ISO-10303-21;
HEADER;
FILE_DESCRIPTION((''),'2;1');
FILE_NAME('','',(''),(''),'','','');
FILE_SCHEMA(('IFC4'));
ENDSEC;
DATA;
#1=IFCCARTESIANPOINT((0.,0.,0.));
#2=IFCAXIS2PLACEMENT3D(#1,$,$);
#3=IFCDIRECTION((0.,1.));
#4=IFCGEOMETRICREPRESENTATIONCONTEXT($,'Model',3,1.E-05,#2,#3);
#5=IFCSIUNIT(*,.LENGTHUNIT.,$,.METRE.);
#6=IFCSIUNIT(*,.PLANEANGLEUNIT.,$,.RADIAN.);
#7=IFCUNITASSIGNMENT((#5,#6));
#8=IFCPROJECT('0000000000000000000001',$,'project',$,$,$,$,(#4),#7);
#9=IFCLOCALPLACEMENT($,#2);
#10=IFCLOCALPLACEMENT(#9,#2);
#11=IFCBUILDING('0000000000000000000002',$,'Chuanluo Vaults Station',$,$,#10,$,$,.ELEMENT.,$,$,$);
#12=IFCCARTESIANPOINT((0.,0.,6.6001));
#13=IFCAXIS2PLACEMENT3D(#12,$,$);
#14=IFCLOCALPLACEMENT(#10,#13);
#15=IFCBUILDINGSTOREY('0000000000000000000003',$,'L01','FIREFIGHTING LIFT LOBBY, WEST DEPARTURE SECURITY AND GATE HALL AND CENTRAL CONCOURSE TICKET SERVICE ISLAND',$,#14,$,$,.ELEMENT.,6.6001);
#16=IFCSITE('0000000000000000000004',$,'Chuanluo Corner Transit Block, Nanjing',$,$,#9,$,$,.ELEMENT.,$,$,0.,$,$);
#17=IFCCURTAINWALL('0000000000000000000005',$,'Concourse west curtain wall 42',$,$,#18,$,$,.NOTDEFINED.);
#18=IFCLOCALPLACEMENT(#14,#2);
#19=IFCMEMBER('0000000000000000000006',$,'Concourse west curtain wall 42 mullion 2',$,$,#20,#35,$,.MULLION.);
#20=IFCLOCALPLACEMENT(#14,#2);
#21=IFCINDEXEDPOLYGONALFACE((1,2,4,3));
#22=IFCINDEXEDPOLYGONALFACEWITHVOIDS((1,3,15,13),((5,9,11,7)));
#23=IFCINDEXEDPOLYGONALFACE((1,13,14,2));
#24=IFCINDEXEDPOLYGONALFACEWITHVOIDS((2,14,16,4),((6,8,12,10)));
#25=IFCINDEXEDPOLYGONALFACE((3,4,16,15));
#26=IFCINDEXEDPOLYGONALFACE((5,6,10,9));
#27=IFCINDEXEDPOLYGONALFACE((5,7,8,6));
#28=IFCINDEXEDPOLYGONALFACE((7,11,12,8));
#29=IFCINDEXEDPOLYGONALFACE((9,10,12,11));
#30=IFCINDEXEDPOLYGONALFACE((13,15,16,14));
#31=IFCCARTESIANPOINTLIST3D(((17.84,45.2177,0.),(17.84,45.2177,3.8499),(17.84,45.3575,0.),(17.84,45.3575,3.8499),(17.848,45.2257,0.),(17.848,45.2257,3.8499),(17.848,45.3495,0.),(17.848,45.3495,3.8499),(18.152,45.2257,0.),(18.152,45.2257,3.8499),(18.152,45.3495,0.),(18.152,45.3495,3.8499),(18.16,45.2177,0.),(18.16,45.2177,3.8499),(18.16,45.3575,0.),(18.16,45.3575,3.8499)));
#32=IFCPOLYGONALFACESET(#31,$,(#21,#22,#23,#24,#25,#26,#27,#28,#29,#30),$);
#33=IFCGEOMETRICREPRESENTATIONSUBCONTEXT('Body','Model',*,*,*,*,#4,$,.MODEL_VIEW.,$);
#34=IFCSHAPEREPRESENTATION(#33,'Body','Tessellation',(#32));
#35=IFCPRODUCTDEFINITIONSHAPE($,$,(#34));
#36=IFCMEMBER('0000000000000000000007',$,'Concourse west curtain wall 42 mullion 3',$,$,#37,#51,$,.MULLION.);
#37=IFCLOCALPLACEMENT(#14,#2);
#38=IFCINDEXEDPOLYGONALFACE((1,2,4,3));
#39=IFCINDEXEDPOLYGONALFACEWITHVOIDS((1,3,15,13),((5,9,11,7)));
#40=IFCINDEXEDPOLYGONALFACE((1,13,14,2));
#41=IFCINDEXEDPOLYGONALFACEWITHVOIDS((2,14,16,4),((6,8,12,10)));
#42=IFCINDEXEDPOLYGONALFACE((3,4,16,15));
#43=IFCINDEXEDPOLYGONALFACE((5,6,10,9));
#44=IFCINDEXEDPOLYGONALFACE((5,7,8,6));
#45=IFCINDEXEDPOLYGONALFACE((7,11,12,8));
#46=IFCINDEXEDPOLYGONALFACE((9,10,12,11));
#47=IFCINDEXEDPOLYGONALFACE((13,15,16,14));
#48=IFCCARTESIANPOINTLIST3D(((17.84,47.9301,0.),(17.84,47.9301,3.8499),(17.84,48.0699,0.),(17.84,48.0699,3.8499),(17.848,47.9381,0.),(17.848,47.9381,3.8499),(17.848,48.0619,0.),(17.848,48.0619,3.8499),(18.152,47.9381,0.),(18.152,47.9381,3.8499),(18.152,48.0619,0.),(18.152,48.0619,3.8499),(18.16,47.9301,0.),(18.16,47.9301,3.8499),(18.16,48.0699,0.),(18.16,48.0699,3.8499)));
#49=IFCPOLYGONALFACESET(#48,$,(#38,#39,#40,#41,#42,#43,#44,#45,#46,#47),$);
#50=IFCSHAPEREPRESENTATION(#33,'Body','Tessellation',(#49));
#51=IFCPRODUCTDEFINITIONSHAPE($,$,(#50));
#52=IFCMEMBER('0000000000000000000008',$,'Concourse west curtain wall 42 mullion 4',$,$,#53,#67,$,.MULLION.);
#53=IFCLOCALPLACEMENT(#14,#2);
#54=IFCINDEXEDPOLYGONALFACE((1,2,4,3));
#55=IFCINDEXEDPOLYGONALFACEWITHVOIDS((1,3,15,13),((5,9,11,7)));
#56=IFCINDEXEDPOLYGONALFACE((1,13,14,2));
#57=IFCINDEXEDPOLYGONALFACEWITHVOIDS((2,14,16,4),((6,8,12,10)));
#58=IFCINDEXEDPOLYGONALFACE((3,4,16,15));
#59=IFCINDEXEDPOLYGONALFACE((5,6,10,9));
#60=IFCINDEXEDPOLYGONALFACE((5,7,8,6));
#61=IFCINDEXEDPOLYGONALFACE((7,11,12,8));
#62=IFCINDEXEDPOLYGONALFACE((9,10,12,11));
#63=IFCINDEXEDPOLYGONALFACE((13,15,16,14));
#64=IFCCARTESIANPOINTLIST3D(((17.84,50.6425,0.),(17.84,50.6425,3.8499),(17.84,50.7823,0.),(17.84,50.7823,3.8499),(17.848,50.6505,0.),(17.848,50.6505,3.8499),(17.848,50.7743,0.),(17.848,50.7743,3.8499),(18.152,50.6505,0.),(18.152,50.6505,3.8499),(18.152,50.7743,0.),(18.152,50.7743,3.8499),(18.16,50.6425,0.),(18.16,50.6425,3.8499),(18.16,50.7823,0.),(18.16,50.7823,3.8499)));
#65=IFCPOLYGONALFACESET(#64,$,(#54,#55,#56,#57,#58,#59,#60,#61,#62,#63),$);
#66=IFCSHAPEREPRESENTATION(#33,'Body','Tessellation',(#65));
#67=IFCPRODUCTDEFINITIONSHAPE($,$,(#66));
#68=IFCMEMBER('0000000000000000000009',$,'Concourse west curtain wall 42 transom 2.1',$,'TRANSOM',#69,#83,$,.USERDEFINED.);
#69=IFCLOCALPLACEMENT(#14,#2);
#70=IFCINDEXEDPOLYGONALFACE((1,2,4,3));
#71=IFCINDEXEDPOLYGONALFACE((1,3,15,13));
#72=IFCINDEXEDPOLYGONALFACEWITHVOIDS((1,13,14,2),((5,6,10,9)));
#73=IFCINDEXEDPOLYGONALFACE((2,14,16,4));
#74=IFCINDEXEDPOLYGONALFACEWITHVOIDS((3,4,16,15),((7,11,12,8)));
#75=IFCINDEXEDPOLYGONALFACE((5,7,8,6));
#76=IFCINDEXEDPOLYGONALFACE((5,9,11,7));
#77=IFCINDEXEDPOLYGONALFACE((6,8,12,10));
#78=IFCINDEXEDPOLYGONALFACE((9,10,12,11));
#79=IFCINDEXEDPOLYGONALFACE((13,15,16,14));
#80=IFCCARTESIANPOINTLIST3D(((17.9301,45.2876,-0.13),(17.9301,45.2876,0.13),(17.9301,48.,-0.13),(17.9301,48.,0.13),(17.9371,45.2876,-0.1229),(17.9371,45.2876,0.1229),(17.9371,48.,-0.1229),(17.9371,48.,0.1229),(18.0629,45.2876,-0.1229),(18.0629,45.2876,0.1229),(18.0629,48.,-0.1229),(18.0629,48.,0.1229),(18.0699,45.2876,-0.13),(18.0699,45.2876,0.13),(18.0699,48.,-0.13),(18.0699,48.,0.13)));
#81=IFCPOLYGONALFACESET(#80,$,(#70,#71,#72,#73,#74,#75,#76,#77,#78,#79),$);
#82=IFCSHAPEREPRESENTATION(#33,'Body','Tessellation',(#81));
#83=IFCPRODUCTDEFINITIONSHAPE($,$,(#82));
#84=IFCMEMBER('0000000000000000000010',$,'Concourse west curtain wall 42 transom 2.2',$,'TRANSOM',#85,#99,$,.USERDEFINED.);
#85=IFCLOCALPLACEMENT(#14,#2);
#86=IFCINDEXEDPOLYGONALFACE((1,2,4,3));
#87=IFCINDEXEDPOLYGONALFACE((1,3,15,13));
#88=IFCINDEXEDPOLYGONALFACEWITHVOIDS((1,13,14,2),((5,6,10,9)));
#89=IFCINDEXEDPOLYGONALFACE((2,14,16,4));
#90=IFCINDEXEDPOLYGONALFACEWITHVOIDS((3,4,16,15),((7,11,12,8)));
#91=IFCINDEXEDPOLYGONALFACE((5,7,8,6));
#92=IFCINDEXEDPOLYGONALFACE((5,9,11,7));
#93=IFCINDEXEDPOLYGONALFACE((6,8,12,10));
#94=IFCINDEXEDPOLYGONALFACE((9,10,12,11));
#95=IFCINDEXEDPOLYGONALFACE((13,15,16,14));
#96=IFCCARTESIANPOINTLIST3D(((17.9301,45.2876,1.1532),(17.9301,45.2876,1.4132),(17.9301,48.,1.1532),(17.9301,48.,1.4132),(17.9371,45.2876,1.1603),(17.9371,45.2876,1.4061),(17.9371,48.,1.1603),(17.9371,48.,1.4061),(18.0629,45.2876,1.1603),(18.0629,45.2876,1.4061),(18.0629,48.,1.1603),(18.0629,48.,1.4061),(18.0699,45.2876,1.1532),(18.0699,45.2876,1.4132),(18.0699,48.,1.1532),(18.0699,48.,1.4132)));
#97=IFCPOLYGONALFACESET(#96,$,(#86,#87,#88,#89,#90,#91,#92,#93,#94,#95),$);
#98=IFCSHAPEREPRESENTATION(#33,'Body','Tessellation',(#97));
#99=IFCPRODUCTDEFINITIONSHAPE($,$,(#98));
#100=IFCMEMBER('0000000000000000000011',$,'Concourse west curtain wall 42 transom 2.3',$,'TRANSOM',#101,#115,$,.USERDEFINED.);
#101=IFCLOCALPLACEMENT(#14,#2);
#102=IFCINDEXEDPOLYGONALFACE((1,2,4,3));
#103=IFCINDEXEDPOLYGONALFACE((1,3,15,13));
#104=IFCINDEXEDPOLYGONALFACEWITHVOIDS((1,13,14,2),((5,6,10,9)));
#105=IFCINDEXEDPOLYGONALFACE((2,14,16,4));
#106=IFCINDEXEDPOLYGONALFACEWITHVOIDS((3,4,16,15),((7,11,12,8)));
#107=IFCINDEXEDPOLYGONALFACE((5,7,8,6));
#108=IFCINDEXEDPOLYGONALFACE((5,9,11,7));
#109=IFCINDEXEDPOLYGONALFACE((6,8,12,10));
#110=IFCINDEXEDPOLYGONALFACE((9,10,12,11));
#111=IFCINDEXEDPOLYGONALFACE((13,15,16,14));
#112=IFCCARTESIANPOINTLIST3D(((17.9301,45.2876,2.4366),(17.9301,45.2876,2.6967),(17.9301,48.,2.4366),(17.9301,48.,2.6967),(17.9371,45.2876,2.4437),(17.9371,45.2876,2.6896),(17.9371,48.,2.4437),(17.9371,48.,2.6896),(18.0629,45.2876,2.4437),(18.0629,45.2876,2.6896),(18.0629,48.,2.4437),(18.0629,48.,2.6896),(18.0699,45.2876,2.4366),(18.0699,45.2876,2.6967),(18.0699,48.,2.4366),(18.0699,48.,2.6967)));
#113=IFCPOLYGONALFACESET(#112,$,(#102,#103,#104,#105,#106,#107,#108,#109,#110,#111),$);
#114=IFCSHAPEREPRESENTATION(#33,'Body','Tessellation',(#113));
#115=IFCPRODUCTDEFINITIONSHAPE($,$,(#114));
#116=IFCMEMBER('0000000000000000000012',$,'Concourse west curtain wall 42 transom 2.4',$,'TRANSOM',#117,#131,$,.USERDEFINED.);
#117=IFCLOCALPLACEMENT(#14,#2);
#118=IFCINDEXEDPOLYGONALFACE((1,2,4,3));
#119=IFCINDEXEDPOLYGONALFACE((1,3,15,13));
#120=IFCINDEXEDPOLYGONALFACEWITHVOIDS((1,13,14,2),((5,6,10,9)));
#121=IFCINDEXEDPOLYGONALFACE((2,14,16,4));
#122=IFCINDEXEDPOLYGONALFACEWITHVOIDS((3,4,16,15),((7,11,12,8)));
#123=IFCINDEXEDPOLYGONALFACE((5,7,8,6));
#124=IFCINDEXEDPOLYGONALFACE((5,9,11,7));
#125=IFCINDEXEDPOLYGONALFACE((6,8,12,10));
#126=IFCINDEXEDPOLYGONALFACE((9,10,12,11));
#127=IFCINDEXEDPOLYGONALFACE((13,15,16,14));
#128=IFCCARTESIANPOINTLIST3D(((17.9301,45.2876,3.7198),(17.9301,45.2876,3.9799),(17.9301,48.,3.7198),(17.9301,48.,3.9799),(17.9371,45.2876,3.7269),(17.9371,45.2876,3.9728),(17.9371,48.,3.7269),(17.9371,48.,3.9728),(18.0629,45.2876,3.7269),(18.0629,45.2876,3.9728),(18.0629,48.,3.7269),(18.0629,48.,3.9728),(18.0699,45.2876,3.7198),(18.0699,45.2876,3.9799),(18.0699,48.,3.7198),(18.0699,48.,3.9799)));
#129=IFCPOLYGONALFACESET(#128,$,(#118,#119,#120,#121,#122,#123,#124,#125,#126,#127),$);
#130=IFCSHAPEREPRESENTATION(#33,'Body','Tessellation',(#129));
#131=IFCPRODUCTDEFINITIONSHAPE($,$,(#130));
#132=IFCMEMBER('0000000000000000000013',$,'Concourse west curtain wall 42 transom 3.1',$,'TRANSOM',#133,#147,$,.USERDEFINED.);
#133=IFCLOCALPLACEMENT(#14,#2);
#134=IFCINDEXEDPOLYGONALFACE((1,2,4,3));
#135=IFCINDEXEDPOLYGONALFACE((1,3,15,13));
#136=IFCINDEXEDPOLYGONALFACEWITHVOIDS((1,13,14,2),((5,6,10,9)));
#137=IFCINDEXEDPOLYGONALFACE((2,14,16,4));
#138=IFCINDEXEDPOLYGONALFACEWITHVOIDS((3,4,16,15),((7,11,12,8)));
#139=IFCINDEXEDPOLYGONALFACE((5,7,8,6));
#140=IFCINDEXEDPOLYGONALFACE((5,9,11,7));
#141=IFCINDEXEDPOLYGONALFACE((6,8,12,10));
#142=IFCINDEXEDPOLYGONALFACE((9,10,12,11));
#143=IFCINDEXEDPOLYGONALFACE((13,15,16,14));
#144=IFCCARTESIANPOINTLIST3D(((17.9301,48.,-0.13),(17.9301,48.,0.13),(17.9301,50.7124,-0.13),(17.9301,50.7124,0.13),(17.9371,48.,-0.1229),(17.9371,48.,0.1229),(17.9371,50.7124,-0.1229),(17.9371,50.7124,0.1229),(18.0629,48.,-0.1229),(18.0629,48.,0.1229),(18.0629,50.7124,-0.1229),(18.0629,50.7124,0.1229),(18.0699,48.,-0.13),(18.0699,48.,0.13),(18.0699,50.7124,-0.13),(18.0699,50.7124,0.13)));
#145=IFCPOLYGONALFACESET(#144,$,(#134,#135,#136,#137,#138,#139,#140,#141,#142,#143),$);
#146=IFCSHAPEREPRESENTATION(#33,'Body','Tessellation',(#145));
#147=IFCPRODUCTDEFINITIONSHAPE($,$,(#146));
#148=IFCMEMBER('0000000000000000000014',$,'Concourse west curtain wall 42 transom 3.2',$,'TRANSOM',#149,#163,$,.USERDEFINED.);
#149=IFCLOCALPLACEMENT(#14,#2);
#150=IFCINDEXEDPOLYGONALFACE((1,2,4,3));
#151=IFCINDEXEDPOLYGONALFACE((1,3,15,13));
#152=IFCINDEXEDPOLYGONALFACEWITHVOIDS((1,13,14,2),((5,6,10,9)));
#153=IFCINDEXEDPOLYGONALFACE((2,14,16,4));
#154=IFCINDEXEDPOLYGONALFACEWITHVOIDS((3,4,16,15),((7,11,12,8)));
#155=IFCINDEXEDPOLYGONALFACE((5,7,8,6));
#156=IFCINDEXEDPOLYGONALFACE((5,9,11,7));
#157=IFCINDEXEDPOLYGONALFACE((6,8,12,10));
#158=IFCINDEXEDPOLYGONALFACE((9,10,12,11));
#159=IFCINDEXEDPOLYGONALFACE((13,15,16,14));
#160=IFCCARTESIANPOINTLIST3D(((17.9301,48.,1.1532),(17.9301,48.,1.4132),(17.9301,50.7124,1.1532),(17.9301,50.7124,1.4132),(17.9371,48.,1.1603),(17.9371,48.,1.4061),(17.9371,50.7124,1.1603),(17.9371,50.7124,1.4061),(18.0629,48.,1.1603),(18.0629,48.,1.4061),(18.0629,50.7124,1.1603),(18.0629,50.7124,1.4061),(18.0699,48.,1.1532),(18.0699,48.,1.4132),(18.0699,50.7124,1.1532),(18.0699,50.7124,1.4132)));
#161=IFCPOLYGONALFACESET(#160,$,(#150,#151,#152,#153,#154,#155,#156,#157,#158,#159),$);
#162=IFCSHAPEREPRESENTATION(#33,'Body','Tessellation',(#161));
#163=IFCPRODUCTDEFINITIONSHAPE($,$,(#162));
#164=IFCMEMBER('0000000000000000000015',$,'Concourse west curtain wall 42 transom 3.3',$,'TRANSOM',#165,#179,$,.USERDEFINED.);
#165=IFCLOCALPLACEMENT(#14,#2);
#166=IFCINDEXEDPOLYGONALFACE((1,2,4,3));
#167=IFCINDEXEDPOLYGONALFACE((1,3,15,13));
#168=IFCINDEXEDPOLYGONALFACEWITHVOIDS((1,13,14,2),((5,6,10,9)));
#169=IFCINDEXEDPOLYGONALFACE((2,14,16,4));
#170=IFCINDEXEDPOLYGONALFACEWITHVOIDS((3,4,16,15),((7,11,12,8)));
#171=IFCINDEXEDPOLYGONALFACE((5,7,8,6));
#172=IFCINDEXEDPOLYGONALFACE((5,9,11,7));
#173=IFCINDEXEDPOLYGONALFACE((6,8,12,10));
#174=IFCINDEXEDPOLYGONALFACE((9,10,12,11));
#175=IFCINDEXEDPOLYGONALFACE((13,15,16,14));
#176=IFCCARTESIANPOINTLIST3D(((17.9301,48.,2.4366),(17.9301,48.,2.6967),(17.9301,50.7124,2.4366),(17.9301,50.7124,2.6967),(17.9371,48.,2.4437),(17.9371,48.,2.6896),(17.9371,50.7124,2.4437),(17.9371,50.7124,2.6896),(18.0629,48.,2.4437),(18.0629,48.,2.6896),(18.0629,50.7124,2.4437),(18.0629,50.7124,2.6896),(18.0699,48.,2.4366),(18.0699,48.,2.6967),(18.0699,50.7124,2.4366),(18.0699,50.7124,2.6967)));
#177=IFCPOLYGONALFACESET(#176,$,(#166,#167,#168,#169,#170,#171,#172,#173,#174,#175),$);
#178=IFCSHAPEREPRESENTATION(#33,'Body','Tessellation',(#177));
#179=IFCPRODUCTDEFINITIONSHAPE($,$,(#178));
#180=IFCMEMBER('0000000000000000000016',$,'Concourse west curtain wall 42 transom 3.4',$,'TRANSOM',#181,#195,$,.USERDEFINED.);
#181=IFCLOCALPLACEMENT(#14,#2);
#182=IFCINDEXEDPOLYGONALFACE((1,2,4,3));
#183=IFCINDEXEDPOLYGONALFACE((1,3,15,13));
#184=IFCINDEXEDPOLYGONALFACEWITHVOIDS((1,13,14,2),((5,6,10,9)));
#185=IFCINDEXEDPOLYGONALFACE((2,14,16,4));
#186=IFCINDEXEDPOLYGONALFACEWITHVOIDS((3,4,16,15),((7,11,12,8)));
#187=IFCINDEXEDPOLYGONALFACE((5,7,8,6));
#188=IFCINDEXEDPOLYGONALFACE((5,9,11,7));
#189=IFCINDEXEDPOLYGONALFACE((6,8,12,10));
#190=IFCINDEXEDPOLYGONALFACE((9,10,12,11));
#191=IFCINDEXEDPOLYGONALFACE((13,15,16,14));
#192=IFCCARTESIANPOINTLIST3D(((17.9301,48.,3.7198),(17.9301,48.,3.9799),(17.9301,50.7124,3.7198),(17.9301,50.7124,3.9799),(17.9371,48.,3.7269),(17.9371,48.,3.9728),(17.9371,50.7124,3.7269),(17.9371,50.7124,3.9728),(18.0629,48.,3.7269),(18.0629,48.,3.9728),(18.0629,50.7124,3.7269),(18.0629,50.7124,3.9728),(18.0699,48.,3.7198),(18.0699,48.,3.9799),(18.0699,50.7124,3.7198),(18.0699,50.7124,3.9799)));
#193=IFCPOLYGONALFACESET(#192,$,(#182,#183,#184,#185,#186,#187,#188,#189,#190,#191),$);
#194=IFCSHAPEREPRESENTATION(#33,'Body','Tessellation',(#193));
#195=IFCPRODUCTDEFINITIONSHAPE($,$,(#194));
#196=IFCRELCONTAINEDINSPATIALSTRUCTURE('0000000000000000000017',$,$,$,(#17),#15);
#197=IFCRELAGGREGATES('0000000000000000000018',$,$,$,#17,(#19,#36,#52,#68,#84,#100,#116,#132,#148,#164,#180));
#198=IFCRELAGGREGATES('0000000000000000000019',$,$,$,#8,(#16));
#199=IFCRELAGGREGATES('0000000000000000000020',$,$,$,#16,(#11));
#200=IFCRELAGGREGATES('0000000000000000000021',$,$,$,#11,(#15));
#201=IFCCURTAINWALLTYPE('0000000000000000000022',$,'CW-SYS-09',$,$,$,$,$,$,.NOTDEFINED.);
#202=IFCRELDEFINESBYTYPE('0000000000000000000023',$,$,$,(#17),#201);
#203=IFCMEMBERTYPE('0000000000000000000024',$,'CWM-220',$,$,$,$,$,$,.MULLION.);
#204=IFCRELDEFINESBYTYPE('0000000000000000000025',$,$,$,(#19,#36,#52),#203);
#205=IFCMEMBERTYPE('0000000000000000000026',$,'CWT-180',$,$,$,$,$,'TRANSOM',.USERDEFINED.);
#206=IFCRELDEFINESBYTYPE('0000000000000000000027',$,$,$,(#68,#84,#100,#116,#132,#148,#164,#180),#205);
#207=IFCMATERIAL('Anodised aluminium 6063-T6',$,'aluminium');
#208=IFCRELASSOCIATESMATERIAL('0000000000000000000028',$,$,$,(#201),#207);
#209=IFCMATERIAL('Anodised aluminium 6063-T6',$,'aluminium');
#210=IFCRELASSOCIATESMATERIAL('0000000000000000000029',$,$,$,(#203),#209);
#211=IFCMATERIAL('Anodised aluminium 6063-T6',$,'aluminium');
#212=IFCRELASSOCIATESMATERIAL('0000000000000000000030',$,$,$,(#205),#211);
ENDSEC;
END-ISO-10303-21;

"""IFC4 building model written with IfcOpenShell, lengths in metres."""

from ifc_helpers import new_model, si_unit, direction, frame, origin, origin_2d, place, context, subcontext, project, spatial, hollow_rectangle, extrude, material, material_profile, profile_set, type_object, element, aggregate, save


model = new_model("IFC4")

# Units and contexts
model_context = context("Model", 3, precision=1e-05, world=origin(), true_north=direction((0.0, 1.0)))
body_context = subcontext(model_context, "Body", "Model", "MODEL_VIEW")
ifc_project = project(units=[si_unit("LENGTHUNIT", "METRE"), si_unit("PLANEANGLEUNIT", "RADIAN")], contexts=[model_context])

# Site, building, storey
site_placement = place(None, origin())
site = spatial("IfcSite", under=ifc_project, at=site_placement, Name="Chuanluo Corner Transit Block, Nanjing", CompositionType="ELEMENT", RefElevation=0.0)
building_placement = place(site_placement, origin())
building = spatial("IfcBuilding", under=site, at=building_placement, Name="Chuanluo Vaults Station", CompositionType="ELEMENT")
storey_placement = place(building_placement, frame((0.0, 0.0, 6.6001)))
storey = spatial("IfcBuildingStorey", under=building, at=storey_placement, Name="L01", Description="FIREFIGHTING LIFT LOBBY, WEST DEPARTURE SECURITY AND GATE HALL AND CENTRAL CONCOURSE TICKET SERVICE ISLAND", CompositionType="ELEMENT", Elevation=6.6001)

# Curtain wall, members
ifc_material_1 = material(Name="Anodised aluminium 6063-T6", Category="aluminium")
curtain_wall_type = type_object("IfcCurtainWallType", Name="CW-SYS-09", PredefinedType="NOTDEFINED", material=ifc_material_1)
curtain_wall_placement = place(storey_placement, origin())
curtain_wall = element("IfcCurtainWall", 1, at=curtain_wall_placement, inside=storey, type_object=curtain_wall_type, Name="Concourse west curtain wall 42", PredefinedType="NOTDEFINED")
ifc_material_2 = material(Name="Anodised aluminium 6063-T6", Category="aluminium")
ifc_material_profile_1 = material_profile(ifc_material_2, hollow_rectangle(XDim=0.1399, YDim=0.3201, WallThickness=0.0081, at=origin_2d()))
ifc_profile_set_1 = profile_set([ifc_material_profile_1], Name="Anodised aluminium 6063-T6")
member_type_1 = type_object("IfcMemberType", Name="CWM-220", PredefinedType="MULLION", material=ifc_profile_set_1)
member_1_placement = place(storey_placement, frame((18.0, 45.2876, 0.0), z_axis=(0.0, 0.0, 1.0), x_axis=(0.0, 1.0, 0.0)))
member_1 = element("IfcMember", 2, at=member_1_placement, type_object=member_type_1, Name="Concourse west curtain wall 42 mullion 2", PredefinedType="MULLION", context=body_context, shape_type="SweptSolid", body=[
    extrude(hollow_rectangle(XDim=0.1399, YDim=0.3201, WallThickness=0.0081, at=origin_2d()), origin(), (0.0, 0.0, 1.0), 3.8499),
])
member_2_placement = place(storey_placement, frame((18.0, 48.0, 0.0), z_axis=(0.0, 0.0, 1.0), x_axis=(0.0, 1.0, 0.0)))
member_2 = element("IfcMember", 3, at=member_2_placement, type_object=member_type_1, Name="Concourse west curtain wall 42 mullion 3", PredefinedType="MULLION", context=body_context, shape_type="SweptSolid", body=[
    extrude(hollow_rectangle(XDim=0.1399, YDim=0.3201, WallThickness=0.0081, at=origin_2d()), origin(), (0.0, 0.0, 1.0), 3.8499),
])
member_3_placement = place(storey_placement, frame((18.0, 50.7124, 0.0), z_axis=(0.0, 0.0, 1.0), x_axis=(0.0, 1.0, 0.0)))
member_3 = element("IfcMember", 4, at=member_3_placement, type_object=member_type_1, Name="Concourse west curtain wall 42 mullion 4", PredefinedType="MULLION", context=body_context, shape_type="SweptSolid", body=[
    extrude(hollow_rectangle(XDim=0.1399, YDim=0.3201, WallThickness=0.0081, at=origin_2d()), origin(), (0.0, 0.0, 1.0), 3.8499),
])
ifc_material_3 = material(Name="Anodised aluminium 6063-T6", Category="aluminium")
ifc_material_profile_2 = material_profile(ifc_material_3, hollow_rectangle(XDim=0.1399, YDim=0.26, WallThickness=0.0071, at=origin_2d()))
ifc_profile_set_2 = profile_set([ifc_material_profile_2], Name="Anodised aluminium 6063-T6")
member_type_2 = type_object("IfcMemberType", Name="CWT-180", ElementType="TRANSOM", PredefinedType="USERDEFINED", material=ifc_profile_set_2)
member_4_placement = place(storey_placement, frame((18.0, 45.2876, 0.0), z_axis=(0.0, 1.0, 0.0), x_axis=(-1.0, 0.0, 0.0)))
member_4 = element("IfcMember", 5, at=member_4_placement, type_object=member_type_2, Name="Concourse west curtain wall 42 transom 2.1", ObjectType="TRANSOM", PredefinedType="USERDEFINED", context=body_context, shape_type="SweptSolid", body=[
    extrude(hollow_rectangle(XDim=0.1399, YDim=0.26, WallThickness=0.0071, at=origin_2d()), origin(), (0.0, 0.0, 1.0), 2.7124),
])
member_5_placement = place(storey_placement, frame((18.0, 45.2876, 1.2832), z_axis=(0.0, 1.0, 0.0), x_axis=(-1.0, 0.0, 0.0)))
member_5 = element("IfcMember", 6, at=member_5_placement, type_object=member_type_2, Name="Concourse west curtain wall 42 transom 2.2", ObjectType="TRANSOM", PredefinedType="USERDEFINED", context=body_context, shape_type="SweptSolid", body=[
    extrude(hollow_rectangle(XDim=0.1399, YDim=0.26, WallThickness=0.0071, at=origin_2d()), origin(), (0.0, 0.0, 1.0), 2.7124),
])
member_6_placement = place(storey_placement, frame((18.0, 45.2876, 2.5667), z_axis=(0.0, 1.0, 0.0), x_axis=(-1.0, 0.0, 0.0)))
member_6 = element("IfcMember", 7, at=member_6_placement, type_object=member_type_2, Name="Concourse west curtain wall 42 transom 2.3", ObjectType="TRANSOM", PredefinedType="USERDEFINED", context=body_context, shape_type="SweptSolid", body=[
    extrude(hollow_rectangle(XDim=0.1399, YDim=0.26, WallThickness=0.0071, at=origin_2d()), origin(), (0.0, 0.0, 1.0), 2.7124),
])
member_7_placement = place(storey_placement, frame((18.0, 45.2876, 3.8499), z_axis=(0.0, 1.0, 0.0), x_axis=(-1.0, 0.0, 0.0)))
member_7 = element("IfcMember", 8, at=member_7_placement, type_object=member_type_2, Name="Concourse west curtain wall 42 transom 2.4", ObjectType="TRANSOM", PredefinedType="USERDEFINED", context=body_context, shape_type="SweptSolid", body=[
    extrude(hollow_rectangle(XDim=0.1399, YDim=0.26, WallThickness=0.0071, at=origin_2d()), origin(), (0.0, 0.0, 1.0), 2.7124),
])
member_8_placement = place(storey_placement, frame((18.0, 48.0, 0.0), z_axis=(0.0, 1.0, 0.0), x_axis=(-1.0, 0.0, 0.0)))
member_8 = element("IfcMember", 9, at=member_8_placement, type_object=member_type_2, Name="Concourse west curtain wall 42 transom 3.1", ObjectType="TRANSOM", PredefinedType="USERDEFINED", context=body_context, shape_type="SweptSolid", body=[
    extrude(hollow_rectangle(XDim=0.1399, YDim=0.26, WallThickness=0.0071, at=origin_2d()), origin(), (0.0, 0.0, 1.0), 2.7124),
])
member_9_placement = place(storey_placement, frame((18.0, 48.0, 1.2832), z_axis=(0.0, 1.0, 0.0), x_axis=(-1.0, 0.0, 0.0)))
member_9 = element("IfcMember", 10, at=member_9_placement, type_object=member_type_2, Name="Concourse west curtain wall 42 transom 3.2", ObjectType="TRANSOM", PredefinedType="USERDEFINED", context=body_context, shape_type="SweptSolid", body=[
    extrude(hollow_rectangle(XDim=0.1399, YDim=0.26, WallThickness=0.0071, at=origin_2d()), origin(), (0.0, 0.0, 1.0), 2.7124),
])
member_10_placement = place(storey_placement, frame((18.0, 48.0, 2.5667), z_axis=(0.0, 1.0, 0.0), x_axis=(-1.0, 0.0, 0.0)))
member_10 = element("IfcMember", 11, at=member_10_placement, type_object=member_type_2, Name="Concourse west curtain wall 42 transom 3.3", ObjectType="TRANSOM", PredefinedType="USERDEFINED", context=body_context, shape_type="SweptSolid", body=[
    extrude(hollow_rectangle(XDim=0.1399, YDim=0.26, WallThickness=0.0071, at=origin_2d()), origin(), (0.0, 0.0, 1.0), 2.7124),
])
member_11_placement = place(storey_placement, frame((18.0, 48.0, 3.8499), z_axis=(0.0, 1.0, 0.0), x_axis=(-1.0, 0.0, 0.0)))
member_11 = element("IfcMember", 12, at=member_11_placement, type_object=member_type_2, Name="Concourse west curtain wall 42 transom 3.4", ObjectType="TRANSOM", PredefinedType="USERDEFINED", context=body_context, shape_type="SweptSolid", body=[
    extrude(hollow_rectangle(XDim=0.1399, YDim=0.26, WallThickness=0.0071, at=origin_2d()), origin(), (0.0, 0.0, 1.0), 2.7124),
])
aggregate(curtain_wall, [member_1, member_2, member_3, member_4, member_5, member_6, member_7, member_8, member_9, member_10, member_11])

save(model, "model.ifc")
